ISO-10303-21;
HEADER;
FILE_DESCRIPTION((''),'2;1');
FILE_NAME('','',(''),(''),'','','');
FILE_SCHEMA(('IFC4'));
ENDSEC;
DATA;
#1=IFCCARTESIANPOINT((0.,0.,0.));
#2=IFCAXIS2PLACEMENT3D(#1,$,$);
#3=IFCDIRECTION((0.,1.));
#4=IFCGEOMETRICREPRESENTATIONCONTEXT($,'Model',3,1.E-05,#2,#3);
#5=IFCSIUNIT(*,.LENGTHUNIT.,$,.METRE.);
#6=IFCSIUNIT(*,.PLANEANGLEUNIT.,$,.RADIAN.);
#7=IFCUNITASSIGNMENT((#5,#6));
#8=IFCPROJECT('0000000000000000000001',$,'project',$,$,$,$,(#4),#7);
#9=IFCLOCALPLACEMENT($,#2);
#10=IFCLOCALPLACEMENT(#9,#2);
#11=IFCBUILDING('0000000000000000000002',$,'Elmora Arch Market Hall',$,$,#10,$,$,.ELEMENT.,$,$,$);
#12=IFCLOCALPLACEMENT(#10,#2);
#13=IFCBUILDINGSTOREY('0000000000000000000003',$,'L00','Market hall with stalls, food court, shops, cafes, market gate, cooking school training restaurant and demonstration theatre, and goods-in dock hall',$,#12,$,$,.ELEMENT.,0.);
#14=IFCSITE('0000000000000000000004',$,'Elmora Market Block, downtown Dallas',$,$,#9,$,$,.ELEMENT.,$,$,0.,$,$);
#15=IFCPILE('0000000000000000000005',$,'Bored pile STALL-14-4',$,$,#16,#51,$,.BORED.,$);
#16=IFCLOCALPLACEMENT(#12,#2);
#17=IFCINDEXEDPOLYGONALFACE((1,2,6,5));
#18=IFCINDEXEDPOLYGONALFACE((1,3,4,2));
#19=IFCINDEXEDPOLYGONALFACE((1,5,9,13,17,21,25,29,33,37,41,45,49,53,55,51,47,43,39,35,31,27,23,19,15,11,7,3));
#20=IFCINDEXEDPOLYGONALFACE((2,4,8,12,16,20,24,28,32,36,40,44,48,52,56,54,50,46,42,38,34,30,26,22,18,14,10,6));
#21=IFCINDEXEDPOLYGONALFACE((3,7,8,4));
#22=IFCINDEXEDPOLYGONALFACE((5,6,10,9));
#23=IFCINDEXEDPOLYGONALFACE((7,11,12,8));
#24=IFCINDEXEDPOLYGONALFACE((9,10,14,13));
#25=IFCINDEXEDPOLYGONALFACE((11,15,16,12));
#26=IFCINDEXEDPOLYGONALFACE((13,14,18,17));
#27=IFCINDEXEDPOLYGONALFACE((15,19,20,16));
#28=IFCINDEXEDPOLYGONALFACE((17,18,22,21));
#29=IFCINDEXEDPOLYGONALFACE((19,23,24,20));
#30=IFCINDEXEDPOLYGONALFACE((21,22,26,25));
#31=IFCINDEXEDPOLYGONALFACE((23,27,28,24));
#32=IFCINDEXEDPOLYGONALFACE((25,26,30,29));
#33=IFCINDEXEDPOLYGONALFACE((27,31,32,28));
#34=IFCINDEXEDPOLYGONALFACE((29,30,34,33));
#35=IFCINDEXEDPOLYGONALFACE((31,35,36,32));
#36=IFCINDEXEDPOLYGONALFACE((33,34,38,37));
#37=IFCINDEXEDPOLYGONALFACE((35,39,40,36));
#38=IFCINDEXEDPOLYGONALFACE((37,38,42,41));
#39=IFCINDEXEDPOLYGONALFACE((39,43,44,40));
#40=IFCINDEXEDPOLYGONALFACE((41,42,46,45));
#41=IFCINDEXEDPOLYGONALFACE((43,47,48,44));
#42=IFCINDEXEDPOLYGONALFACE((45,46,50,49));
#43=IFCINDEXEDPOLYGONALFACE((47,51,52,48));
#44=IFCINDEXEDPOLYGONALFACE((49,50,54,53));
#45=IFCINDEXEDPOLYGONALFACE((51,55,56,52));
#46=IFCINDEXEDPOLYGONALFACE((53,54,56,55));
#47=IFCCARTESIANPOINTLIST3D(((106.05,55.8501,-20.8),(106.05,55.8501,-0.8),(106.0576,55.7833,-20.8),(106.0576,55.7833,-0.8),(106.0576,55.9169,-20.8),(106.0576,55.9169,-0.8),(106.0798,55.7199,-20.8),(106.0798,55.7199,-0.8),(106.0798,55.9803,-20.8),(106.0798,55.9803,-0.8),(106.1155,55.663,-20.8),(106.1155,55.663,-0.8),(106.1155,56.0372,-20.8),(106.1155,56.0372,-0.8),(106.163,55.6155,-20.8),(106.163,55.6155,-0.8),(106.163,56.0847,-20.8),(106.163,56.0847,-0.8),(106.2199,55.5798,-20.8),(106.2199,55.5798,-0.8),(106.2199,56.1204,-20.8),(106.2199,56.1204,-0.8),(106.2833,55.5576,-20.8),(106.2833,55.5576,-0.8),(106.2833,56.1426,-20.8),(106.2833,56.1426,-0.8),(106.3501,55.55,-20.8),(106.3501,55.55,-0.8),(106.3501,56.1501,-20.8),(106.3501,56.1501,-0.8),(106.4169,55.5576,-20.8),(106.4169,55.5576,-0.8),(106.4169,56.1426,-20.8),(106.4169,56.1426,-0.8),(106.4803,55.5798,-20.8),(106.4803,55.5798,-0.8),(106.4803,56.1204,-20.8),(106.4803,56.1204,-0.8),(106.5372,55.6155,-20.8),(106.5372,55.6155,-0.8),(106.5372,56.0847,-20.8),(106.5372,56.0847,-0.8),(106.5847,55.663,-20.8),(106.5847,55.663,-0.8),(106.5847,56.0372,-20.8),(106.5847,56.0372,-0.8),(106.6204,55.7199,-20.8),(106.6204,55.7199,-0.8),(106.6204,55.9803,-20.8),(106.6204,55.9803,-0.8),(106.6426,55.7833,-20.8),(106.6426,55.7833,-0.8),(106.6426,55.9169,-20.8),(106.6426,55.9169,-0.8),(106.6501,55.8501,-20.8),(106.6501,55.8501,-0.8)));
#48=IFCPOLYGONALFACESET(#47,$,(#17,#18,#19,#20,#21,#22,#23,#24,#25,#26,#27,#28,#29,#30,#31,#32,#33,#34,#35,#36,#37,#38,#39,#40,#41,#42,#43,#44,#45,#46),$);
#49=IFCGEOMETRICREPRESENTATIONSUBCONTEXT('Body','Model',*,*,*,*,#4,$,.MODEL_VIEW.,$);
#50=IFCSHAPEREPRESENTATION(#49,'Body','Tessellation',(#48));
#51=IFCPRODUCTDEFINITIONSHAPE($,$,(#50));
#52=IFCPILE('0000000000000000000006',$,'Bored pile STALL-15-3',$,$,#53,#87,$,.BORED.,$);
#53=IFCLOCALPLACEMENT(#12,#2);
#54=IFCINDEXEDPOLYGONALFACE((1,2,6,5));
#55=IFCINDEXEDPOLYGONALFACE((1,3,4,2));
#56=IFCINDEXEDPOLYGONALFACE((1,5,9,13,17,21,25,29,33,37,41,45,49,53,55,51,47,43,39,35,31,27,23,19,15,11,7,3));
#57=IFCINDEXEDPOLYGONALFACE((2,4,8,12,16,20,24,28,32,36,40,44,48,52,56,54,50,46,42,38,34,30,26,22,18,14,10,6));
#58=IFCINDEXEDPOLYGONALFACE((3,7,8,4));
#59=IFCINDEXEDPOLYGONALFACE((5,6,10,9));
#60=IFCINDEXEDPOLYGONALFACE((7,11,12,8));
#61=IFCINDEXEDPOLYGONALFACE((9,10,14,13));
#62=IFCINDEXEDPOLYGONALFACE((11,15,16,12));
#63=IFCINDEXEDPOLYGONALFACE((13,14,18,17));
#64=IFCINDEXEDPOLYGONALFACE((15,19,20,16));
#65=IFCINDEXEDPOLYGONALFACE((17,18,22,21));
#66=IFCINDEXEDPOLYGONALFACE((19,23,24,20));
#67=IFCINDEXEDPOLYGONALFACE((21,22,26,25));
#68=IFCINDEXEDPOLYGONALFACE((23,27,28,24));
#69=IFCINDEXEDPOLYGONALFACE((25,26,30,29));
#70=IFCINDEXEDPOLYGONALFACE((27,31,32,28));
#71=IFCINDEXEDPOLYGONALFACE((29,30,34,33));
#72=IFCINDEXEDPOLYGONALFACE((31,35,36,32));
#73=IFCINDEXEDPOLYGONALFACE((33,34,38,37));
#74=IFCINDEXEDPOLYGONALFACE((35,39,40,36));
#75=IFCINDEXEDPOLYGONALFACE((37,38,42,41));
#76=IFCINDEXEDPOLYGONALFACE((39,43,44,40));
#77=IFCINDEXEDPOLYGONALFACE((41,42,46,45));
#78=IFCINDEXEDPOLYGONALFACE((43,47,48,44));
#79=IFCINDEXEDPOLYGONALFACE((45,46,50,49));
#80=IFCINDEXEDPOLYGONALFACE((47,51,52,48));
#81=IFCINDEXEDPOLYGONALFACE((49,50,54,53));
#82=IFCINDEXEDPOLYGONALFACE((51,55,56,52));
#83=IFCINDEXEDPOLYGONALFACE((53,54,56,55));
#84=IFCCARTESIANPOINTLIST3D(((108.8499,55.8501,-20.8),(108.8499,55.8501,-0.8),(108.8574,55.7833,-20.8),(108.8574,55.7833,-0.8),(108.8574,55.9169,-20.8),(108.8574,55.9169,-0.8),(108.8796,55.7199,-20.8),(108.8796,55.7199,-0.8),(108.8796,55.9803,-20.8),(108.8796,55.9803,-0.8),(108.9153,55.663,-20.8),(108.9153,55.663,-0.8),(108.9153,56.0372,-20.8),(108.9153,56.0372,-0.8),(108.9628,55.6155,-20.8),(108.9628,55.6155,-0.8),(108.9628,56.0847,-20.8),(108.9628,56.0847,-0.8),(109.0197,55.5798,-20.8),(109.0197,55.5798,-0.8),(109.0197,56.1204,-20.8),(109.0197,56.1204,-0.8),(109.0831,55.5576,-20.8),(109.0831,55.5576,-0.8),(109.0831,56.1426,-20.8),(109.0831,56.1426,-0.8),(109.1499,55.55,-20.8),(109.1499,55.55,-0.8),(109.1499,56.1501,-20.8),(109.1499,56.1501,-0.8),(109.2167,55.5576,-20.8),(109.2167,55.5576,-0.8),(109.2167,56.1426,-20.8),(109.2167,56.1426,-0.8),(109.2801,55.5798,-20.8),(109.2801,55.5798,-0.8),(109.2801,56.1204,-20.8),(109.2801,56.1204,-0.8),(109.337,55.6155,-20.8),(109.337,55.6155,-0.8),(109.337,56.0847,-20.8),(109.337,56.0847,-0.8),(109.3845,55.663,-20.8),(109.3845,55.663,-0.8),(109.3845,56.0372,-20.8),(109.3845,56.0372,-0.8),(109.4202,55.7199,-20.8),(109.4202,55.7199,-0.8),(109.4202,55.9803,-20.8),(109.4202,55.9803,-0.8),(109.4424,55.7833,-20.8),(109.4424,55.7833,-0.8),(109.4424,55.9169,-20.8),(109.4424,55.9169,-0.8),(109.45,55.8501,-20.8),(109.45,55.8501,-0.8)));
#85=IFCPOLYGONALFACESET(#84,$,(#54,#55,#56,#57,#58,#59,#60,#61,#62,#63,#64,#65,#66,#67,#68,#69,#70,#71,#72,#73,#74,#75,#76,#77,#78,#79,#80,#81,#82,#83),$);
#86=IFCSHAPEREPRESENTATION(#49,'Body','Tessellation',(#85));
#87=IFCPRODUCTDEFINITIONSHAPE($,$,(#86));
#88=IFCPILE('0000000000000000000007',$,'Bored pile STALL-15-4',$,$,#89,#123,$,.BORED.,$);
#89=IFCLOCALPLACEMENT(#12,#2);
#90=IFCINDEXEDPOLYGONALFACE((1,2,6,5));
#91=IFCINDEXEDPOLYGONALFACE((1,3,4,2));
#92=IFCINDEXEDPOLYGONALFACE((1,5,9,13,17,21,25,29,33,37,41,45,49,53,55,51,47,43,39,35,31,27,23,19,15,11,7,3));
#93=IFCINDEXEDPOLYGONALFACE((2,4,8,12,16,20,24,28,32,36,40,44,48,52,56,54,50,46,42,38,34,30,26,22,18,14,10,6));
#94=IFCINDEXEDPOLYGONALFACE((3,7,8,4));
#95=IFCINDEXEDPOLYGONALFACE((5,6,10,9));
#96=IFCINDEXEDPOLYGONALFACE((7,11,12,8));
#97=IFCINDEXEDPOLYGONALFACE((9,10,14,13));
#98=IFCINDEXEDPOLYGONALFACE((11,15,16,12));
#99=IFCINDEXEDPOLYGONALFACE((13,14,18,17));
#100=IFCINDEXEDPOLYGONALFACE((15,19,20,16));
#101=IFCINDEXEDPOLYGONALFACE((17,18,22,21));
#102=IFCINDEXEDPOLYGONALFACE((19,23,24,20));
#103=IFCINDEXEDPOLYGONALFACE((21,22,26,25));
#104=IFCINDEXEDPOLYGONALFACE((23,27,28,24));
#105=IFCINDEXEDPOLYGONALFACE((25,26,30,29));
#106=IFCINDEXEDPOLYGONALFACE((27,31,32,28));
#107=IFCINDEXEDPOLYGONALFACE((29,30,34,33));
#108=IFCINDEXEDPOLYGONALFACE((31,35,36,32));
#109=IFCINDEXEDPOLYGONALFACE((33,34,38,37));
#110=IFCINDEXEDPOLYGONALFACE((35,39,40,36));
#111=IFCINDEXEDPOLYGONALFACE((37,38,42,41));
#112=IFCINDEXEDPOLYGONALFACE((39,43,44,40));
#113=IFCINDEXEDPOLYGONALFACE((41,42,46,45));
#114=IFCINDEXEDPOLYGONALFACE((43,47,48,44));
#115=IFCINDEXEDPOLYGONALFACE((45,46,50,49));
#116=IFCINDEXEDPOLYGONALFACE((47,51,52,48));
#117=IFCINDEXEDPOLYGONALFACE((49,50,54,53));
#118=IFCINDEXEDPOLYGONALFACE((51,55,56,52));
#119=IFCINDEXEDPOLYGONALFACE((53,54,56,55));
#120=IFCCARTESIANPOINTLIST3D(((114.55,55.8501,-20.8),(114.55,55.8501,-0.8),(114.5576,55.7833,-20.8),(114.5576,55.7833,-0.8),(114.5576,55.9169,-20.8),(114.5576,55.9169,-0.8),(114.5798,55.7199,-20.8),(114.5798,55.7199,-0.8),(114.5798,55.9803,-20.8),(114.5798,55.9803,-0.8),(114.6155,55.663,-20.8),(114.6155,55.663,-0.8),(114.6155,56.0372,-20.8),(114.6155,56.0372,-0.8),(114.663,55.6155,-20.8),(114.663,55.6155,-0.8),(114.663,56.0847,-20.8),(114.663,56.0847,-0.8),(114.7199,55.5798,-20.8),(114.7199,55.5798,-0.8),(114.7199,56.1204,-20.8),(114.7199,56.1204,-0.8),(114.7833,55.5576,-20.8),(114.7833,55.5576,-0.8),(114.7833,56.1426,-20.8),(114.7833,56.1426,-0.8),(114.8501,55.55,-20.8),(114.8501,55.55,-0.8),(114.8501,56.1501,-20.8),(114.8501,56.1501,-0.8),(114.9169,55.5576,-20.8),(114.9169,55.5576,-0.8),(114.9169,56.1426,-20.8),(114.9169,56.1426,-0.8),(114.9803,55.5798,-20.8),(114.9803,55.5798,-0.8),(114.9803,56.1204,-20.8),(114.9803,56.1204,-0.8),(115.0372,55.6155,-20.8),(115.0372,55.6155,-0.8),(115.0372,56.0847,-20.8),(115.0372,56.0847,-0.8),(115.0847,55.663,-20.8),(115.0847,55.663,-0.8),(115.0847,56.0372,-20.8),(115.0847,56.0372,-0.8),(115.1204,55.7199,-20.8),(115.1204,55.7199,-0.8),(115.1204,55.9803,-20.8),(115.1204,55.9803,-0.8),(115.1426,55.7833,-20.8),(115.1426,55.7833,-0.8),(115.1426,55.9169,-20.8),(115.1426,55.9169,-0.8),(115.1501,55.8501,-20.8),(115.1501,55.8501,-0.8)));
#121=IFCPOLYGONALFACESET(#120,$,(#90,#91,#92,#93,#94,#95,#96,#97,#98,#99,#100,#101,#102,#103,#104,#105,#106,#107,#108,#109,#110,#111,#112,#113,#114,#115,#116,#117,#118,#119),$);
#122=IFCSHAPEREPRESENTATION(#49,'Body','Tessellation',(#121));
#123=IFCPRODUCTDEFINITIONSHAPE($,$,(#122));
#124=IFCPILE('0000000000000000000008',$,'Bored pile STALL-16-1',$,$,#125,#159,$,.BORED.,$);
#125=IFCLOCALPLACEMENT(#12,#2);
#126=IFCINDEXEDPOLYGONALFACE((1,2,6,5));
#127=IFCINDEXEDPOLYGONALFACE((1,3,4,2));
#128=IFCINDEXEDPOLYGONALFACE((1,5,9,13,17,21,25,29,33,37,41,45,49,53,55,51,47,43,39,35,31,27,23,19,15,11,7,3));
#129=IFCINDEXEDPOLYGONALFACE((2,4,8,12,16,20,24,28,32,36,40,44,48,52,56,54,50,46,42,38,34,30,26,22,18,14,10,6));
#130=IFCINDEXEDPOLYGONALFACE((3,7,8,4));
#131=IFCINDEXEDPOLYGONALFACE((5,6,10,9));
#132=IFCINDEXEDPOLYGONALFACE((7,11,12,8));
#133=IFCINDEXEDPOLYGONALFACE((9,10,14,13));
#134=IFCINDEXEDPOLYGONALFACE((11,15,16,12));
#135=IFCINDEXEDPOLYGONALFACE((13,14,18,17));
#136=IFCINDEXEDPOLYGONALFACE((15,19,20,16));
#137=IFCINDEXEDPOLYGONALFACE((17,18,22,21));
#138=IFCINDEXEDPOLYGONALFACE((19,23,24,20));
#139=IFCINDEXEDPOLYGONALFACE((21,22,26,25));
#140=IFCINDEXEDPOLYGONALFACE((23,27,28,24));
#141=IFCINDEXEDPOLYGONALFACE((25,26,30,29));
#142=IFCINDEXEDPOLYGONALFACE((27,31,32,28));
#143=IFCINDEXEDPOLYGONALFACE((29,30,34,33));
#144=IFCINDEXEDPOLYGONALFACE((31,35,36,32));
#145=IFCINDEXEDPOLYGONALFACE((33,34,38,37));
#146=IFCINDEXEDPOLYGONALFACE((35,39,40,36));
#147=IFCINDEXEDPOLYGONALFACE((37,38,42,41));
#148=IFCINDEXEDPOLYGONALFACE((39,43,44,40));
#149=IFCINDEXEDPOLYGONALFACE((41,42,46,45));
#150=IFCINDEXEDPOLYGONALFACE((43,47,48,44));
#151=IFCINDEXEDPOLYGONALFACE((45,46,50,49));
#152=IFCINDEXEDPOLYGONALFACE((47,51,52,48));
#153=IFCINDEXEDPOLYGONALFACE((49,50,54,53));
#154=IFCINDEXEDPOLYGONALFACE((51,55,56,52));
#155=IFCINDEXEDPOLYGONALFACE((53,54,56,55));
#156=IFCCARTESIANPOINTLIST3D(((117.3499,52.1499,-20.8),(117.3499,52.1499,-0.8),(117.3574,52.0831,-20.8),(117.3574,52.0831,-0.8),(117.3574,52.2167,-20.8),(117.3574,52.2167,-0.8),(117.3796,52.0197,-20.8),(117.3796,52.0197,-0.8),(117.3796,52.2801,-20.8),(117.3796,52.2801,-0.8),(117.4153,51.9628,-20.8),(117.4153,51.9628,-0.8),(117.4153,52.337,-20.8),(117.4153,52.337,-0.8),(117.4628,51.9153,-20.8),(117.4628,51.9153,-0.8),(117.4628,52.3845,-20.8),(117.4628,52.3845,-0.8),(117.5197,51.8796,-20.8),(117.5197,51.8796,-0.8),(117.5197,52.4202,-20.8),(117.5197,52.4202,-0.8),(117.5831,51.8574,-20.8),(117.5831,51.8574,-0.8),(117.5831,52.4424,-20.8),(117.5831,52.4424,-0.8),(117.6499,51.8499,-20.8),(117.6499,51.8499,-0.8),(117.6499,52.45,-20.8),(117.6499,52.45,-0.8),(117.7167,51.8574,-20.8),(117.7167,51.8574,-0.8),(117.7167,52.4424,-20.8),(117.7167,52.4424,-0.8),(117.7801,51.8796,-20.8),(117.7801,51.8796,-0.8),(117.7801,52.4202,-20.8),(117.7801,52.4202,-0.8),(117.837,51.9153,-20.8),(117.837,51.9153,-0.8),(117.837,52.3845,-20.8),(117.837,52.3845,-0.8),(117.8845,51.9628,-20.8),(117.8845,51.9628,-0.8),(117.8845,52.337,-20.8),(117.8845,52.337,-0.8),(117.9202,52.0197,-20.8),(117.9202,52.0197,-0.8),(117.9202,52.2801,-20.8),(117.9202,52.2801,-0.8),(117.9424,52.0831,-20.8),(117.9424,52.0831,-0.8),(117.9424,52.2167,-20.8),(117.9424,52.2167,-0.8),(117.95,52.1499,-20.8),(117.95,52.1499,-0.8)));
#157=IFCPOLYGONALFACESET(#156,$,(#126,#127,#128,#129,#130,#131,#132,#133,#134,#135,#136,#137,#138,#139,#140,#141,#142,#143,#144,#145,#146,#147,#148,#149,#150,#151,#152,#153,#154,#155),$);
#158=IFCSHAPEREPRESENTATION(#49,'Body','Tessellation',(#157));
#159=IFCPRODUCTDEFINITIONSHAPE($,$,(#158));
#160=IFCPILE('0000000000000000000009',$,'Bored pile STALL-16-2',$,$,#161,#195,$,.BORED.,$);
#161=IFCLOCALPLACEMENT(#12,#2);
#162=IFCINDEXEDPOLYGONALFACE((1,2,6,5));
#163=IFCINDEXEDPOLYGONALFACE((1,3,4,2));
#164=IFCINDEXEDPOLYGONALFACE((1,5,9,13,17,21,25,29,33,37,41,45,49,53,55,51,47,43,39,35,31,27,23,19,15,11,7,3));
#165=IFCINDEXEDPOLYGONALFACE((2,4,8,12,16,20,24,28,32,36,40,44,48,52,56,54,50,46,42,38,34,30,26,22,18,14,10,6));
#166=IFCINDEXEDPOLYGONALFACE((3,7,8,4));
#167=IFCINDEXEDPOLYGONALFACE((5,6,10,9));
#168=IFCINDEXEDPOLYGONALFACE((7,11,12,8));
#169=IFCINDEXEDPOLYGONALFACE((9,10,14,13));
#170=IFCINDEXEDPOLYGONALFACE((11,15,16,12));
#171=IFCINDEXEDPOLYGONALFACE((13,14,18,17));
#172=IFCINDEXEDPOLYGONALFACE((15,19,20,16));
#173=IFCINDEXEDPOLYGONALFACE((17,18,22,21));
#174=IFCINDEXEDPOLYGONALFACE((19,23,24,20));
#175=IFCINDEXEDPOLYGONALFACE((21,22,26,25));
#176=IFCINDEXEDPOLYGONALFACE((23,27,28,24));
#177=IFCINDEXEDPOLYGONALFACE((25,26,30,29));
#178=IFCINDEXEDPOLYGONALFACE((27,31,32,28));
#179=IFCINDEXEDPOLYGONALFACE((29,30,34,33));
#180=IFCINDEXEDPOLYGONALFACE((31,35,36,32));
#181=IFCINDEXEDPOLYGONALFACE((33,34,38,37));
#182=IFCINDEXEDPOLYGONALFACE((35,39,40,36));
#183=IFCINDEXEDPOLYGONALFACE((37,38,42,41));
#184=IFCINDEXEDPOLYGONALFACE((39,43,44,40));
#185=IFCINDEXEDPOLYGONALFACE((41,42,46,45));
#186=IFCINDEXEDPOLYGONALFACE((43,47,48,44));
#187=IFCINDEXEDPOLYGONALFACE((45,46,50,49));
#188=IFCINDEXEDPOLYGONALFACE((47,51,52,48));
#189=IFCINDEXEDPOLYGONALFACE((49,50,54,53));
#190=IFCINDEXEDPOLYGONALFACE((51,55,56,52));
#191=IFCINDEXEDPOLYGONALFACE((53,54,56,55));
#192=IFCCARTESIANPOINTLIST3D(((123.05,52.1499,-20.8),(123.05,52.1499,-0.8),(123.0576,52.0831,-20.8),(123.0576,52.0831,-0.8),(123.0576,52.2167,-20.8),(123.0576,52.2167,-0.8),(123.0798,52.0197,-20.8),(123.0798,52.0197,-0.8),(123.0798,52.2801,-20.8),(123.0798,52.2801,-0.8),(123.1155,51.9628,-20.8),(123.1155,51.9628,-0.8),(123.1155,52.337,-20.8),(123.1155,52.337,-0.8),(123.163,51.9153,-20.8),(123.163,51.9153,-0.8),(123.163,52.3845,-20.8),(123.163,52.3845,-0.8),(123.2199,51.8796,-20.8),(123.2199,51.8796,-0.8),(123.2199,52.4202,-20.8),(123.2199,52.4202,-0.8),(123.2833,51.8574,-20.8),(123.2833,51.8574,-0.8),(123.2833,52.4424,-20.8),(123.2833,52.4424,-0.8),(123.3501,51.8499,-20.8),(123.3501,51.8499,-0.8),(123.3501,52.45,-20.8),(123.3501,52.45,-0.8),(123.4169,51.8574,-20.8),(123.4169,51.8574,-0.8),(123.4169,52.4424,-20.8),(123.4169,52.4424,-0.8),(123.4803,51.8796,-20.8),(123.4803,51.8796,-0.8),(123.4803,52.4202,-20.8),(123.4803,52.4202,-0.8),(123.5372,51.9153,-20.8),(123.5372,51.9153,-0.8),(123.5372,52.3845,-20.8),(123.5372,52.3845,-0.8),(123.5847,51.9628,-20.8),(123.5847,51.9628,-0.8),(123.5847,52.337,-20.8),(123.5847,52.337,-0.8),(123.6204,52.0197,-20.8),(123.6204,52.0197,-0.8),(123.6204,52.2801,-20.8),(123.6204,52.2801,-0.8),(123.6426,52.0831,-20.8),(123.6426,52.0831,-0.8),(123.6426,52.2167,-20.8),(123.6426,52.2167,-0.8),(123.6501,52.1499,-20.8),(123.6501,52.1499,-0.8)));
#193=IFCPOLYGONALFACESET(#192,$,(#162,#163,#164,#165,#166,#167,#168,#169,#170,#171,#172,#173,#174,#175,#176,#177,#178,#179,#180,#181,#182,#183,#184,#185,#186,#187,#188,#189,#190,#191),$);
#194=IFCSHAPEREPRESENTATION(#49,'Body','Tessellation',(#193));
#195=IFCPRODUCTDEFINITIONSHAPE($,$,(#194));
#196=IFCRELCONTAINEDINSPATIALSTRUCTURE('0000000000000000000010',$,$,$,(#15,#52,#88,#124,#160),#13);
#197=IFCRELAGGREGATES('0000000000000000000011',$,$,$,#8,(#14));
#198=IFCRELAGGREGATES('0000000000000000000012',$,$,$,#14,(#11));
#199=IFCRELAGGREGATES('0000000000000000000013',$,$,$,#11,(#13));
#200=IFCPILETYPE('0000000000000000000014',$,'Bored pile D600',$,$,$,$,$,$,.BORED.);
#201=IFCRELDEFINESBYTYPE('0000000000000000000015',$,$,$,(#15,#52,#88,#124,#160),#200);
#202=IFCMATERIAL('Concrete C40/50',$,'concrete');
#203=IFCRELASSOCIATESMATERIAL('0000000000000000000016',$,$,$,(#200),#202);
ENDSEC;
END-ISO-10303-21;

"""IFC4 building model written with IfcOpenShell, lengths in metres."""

from ifc_helpers import new_model, si_unit, direction, frame, origin, origin_2d, place, context, subcontext, project, spatial, circle, extrude, material, material_profile, profile_set, type_object, element, save


model = new_model("IFC4")

# Units and contexts
model_context = context("Model", 3, precision=1e-05, world=origin(), true_north=direction((0.0, 1.0)))
body_context = subcontext(model_context, "Body", "Model", "MODEL_VIEW")
ifc_project = project(units=[si_unit("LENGTHUNIT", "METRE"), si_unit("PLANEANGLEUNIT", "RADIAN")], contexts=[model_context])

# Site, building, storey
site_placement = place(None, origin())
site = spatial("IfcSite", under=ifc_project, at=site_placement, Name="Elmora Market Block, downtown Dallas", CompositionType="ELEMENT", RefElevation=0.0)
building_placement = place(site_placement, origin())
building = spatial("IfcBuilding", under=site, at=building_placement, Name="Elmora Arch Market Hall", CompositionType="ELEMENT")
storey_placement = place(building_placement, origin())
storey = spatial("IfcBuildingStorey", under=building, at=storey_placement, Name="L00", Description="Market hall with stalls, food court, shops, cafes, market gate, cooking school training restaurant and demonstration theatre, and goods-in dock hall", CompositionType="ELEMENT", Elevation=0.0)

# Piles
ifc_material_1 = material(Name="Concrete C40/50", Category="concrete")
ifc_material_profile_1 = material_profile(ifc_material_1, circle(Radius=0.3, at=origin_2d()), Name="Bored pile D600")
ifc_profile_set_1 = profile_set([ifc_material_profile_1], Name="Concrete C40/50")
pile_type = type_object("IfcPileType", Name="Bored pile D600", PredefinedType="BORED", material=ifc_profile_set_1)
for number, where, z_axis, x_axis, name in (
    (1, (106.3501, 55.8501, -0.8), (0.0, 0.0, -1.0), (1.0, 0.0, 0.0), "Bored pile STALL-14-4"),
    (2, (109.1499, 55.8501, -0.8), (0.0, 0.0, -1.0), (1.0, 0.0, 0.0), "Bored pile STALL-15-3"),
    (3, (114.8501, 55.8501, -0.8), (0.0, 0.0, -1.0), (1.0, 0.0, 0.0), "Bored pile STALL-15-4"),
    (4, (117.6499, 52.1499, -0.8), (0.0, 0.0, -1.0), (1.0, 0.0, 0.0), "Bored pile STALL-16-1"),
    (5, (123.3501, 52.1499, -0.8), (0.0, 0.0, -1.0), (1.0, 0.0, 0.0), "Bored pile STALL-16-2"),
):
    element("IfcPile", number, at=place(storey_placement, frame(where, z_axis=z_axis, x_axis=x_axis)), inside=storey, type_object=pile_type, Name=name, PredefinedType="BORED", context=body_context, shape_type="SweptSolid", body=[
        extrude(circle(Radius=0.3, at=origin_2d()), origin(), (0.0, 0.0, 1.0), 20.0),
    ])

save(model, "model.ifc")
